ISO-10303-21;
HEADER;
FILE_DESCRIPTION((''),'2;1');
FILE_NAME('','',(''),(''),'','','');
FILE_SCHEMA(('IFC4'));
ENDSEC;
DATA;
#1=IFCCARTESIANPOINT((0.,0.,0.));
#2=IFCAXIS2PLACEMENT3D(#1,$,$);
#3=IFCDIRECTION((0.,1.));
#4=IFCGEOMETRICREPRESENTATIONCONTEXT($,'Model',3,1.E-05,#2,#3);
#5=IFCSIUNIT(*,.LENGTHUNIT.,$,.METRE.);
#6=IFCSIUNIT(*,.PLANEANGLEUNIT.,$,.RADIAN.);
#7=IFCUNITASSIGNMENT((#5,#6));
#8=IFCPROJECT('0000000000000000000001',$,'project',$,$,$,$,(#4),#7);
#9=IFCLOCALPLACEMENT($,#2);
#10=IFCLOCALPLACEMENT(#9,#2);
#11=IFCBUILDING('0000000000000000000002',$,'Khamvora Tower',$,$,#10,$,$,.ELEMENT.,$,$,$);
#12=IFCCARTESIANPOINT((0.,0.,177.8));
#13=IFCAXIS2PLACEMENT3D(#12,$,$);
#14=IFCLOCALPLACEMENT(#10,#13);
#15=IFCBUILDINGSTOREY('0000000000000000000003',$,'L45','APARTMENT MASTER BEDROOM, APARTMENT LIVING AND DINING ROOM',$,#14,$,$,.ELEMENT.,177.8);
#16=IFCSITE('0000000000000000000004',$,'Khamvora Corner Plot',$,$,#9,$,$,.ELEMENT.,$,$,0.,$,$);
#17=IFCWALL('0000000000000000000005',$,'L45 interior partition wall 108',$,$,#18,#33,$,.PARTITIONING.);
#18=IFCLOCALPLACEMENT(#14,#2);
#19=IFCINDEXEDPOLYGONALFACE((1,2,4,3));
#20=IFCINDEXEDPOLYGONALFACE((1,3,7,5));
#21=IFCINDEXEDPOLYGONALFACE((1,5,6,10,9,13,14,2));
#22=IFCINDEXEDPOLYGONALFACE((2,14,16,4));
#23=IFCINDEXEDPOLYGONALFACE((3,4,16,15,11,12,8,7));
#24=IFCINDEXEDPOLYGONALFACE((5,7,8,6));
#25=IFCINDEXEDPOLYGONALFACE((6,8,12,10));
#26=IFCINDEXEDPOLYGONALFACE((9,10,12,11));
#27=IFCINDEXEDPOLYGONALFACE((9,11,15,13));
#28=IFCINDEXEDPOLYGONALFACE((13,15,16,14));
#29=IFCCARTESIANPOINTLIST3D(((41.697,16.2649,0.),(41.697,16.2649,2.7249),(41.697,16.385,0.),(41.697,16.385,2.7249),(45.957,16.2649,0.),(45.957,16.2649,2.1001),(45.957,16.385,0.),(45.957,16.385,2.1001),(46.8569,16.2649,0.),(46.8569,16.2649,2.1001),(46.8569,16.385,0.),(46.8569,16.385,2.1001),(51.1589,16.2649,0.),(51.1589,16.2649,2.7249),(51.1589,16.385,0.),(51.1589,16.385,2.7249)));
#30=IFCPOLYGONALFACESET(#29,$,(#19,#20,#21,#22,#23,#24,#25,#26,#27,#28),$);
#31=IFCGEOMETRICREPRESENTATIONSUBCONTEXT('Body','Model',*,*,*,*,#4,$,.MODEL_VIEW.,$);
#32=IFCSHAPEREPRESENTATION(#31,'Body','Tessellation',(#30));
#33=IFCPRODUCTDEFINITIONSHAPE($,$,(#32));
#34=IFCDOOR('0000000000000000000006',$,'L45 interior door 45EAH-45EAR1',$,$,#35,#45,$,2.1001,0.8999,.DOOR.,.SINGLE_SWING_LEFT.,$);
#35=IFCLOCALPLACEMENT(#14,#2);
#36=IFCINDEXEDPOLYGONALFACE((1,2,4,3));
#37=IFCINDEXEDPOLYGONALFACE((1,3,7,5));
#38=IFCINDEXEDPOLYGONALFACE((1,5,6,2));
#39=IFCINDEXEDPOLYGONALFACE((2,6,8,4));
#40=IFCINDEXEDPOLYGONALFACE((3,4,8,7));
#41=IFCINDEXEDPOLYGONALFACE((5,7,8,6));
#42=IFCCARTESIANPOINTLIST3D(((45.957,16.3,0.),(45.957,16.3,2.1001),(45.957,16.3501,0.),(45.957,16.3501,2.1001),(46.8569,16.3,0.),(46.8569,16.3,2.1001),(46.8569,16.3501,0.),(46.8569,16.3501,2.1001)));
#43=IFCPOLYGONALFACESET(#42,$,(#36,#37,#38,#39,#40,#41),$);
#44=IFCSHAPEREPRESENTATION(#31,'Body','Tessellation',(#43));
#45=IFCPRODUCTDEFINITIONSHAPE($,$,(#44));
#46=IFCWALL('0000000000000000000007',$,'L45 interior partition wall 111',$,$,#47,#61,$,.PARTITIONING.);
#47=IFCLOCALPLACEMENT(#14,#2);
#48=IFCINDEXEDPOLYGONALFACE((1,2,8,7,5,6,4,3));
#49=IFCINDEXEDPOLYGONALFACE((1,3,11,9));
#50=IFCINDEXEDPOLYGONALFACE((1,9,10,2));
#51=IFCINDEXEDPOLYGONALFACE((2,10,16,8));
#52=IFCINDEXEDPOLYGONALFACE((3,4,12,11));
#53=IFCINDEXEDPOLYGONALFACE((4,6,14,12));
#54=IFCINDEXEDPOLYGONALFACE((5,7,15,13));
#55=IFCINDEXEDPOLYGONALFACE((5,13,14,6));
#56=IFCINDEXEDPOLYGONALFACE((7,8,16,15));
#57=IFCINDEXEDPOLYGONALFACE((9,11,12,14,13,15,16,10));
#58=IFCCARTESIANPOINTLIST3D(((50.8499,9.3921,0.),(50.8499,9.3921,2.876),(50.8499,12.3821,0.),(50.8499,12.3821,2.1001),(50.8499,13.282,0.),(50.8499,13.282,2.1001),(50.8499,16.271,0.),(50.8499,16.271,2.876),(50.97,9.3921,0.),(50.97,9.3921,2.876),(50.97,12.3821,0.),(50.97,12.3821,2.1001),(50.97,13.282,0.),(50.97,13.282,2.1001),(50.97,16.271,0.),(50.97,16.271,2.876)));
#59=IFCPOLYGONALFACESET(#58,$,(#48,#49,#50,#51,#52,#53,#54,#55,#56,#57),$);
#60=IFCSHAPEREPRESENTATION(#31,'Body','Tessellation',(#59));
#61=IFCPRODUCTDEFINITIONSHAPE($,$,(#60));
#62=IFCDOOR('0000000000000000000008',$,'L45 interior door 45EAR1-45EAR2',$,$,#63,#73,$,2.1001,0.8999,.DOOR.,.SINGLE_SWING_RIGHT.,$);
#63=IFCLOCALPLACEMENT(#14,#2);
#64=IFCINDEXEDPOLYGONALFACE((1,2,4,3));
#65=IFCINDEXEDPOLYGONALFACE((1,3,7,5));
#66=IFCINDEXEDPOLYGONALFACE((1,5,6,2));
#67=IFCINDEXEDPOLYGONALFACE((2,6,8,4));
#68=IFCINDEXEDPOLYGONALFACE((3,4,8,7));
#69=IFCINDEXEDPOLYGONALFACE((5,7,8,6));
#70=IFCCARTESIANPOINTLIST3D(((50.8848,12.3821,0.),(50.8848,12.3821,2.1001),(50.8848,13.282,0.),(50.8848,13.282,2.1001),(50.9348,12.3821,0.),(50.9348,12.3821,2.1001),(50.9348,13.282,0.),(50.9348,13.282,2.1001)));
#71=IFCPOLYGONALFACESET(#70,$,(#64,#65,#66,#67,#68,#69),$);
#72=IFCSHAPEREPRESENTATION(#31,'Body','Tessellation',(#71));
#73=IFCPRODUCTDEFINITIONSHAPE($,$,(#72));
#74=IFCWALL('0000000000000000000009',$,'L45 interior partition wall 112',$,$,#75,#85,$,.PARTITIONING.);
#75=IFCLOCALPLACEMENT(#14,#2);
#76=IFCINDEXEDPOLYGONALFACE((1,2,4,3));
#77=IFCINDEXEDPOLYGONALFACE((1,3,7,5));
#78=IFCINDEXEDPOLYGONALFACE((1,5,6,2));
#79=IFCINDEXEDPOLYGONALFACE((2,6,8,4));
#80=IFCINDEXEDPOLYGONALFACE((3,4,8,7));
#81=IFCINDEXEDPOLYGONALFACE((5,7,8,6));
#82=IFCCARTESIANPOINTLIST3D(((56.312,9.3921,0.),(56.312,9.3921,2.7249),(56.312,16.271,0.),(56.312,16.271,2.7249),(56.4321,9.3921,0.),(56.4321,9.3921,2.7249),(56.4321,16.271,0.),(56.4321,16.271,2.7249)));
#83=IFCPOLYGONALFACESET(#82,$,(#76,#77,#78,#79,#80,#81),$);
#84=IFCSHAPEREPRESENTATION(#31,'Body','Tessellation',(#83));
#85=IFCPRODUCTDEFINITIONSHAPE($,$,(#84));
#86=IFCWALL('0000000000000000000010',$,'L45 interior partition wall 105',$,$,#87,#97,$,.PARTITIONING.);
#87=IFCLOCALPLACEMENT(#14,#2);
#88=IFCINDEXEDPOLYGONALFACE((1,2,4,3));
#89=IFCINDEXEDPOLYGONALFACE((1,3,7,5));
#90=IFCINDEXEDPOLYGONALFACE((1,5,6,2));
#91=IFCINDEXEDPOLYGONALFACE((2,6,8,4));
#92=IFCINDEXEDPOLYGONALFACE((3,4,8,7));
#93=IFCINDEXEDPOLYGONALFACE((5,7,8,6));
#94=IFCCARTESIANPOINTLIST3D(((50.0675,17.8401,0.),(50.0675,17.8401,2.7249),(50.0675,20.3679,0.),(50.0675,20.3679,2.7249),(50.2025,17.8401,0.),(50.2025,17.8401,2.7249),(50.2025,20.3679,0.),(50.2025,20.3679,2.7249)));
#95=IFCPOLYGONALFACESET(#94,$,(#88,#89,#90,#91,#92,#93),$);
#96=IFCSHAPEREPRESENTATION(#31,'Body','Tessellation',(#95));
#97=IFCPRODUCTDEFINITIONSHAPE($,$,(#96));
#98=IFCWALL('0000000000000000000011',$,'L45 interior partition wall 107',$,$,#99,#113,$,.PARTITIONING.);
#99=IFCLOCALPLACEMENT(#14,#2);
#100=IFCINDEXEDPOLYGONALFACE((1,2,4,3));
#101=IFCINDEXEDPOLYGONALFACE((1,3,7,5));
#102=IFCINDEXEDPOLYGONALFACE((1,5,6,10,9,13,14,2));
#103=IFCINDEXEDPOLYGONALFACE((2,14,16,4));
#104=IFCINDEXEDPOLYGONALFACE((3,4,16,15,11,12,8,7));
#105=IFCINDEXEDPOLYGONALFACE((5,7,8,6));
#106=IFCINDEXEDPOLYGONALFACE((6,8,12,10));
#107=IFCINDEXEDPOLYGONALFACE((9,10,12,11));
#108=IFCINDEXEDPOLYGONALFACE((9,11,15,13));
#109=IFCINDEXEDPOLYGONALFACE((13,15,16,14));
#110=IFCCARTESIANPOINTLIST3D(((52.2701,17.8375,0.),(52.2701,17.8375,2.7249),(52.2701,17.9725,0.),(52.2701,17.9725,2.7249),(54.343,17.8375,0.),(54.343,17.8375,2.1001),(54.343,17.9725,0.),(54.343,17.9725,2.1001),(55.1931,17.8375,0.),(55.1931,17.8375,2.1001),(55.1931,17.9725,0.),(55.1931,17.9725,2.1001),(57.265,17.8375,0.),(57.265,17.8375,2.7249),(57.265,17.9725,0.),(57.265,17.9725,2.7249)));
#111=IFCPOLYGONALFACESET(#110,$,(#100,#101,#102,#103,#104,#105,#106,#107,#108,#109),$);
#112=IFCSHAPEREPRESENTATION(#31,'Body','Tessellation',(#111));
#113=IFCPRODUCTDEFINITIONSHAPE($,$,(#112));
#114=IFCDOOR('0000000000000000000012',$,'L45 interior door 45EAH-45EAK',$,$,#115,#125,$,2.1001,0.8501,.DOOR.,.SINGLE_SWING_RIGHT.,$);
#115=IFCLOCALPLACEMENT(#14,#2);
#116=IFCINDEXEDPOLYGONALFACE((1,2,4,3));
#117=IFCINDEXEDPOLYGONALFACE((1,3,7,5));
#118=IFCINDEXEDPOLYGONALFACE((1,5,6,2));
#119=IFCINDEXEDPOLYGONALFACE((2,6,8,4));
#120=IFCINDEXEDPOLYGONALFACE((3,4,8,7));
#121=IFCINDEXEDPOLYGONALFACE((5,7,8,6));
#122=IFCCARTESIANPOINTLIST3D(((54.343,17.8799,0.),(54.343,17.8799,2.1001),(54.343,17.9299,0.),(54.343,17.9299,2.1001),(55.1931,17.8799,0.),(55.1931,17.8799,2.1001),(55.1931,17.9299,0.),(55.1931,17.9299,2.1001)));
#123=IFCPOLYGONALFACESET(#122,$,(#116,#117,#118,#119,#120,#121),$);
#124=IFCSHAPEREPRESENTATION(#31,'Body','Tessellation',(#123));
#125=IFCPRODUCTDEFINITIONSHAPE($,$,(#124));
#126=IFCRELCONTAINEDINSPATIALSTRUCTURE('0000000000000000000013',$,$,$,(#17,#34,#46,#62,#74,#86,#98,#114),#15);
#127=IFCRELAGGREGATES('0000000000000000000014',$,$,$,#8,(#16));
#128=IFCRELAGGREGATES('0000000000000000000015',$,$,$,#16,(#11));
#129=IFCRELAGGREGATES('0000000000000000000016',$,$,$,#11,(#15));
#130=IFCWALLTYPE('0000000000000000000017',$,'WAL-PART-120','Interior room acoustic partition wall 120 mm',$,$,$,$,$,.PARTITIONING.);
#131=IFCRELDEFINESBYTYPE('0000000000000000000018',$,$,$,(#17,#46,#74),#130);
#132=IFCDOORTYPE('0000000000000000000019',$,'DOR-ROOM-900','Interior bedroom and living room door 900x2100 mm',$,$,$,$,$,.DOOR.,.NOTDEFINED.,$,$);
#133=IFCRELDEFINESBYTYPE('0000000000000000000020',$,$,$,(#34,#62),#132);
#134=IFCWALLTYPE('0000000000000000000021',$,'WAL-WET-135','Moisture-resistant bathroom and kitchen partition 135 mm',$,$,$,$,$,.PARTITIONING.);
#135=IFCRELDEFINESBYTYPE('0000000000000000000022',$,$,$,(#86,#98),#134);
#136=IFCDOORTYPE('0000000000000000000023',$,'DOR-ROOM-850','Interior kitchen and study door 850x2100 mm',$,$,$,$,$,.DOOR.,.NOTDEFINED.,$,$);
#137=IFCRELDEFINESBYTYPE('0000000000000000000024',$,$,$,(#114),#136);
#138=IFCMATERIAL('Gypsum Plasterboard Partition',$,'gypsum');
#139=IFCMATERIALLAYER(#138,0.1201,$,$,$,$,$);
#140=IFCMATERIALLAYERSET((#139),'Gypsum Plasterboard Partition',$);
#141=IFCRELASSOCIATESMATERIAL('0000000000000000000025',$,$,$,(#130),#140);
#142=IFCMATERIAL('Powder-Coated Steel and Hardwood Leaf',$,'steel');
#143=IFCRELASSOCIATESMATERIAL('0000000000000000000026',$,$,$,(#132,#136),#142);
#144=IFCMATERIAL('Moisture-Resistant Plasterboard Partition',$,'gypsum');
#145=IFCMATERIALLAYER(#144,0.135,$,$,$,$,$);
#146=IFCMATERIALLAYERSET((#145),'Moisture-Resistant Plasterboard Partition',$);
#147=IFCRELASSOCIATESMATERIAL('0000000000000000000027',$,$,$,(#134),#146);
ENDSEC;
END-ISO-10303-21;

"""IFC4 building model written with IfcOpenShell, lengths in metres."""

from ifc_helpers import new_model, si_unit, direction, frame, frame_2d, origin, place, context, subcontext, project, spatial, rectangle, extrude, material, layer, layer_set, type_object, element, fill, save


model = new_model("IFC4")

# Units and contexts
model_context = context("Model", 3, precision=1e-05, world=origin(), true_north=direction((0.0, 1.0)))
body_context = subcontext(model_context, "Body", "Model", "MODEL_VIEW")
ifc_project = project(units=[si_unit("LENGTHUNIT", "METRE"), si_unit("PLANEANGLEUNIT", "RADIAN")], contexts=[model_context])

# Site, building, storey
site_placement = place(None, origin())
site = spatial("IfcSite", under=ifc_project, at=site_placement, Name="Khamvora Corner Plot", CompositionType="ELEMENT", RefElevation=0.0)
building_placement = place(site_placement, origin())
building = spatial("IfcBuilding", under=site, at=building_placement, Name="Khamvora Tower", CompositionType="ELEMENT")
storey_placement = place(building_placement, frame((0.0, 0.0, 177.8)))
storey = spatial("IfcBuildingStorey", under=building, at=storey_placement, Name="L45", Description="APARTMENT MASTER BEDROOM, APARTMENT LIVING AND DINING ROOM", CompositionType="ELEMENT", Elevation=177.8)

# Walls, openings, doors
ifc_material_1 = material(Name="Gypsum Plasterboard Partition", Category="gypsum")
ifc_layer_1 = layer(ifc_material_1, 0.1201)
ifc_layer_set_1 = layer_set([ifc_layer_1], Name="Gypsum Plasterboard Partition")
wall_type_1 = type_object("IfcWallType", Name="WAL-PART-120", Description="Interior room acoustic partition wall 120 mm", PredefinedType="PARTITIONING", material=ifc_layer_set_1)
wall_1_placement = place(storey_placement, frame((51.1589, 16.325, 0.0), z_axis=(0.0, 0.0, 1.0), x_axis=(-1.0, 0.0, 0.0)))
wall_1 = element("IfcWall", 1, at=wall_1_placement, inside=storey, type_object=wall_type_1, Name="L45 interior partition wall 108", PredefinedType="PARTITIONING", context=body_context, shape_type="SweptSolid", body=[
    extrude(rectangle(XDim=9.4619, YDim=0.1201, at=frame_2d((4.731, 0.0))), origin(), (0.0, 0.0, 1.0), 2.7249),
])
opening_1_placement = place(wall_1_placement, frame((4.302, 0.0, 0.0)))
opening_1 = element("IfcOpeningElement", 2, at=opening_1_placement, cuts=wall_1, PredefinedType="OPENING", context=body_context, shape_type="SweptSolid", body=[
    extrude(rectangle(XDim=0.8999, YDim=2.1001, at=frame_2d((0.45, 1.05))), frame((0.0, 0.0701, 0.0), z_axis=(0.0, -1.0, 0.0), x_axis=(1.0, 0.0, 0.0)), (0.0, 0.0, 1.0), 0.1401),
])
ifc_material_2 = material(Name="Powder-Coated Steel and Hardwood Leaf", Category="steel")
door_type_1 = type_object("IfcDoorType", Name="DOR-ROOM-900", Description="Interior bedroom and living room door 900x2100 mm", OperationType="NOTDEFINED", PredefinedType="DOOR", material=ifc_material_2)
door_1_placement = place(opening_1_placement, origin())
door_1 = element("IfcDoor", 3, at=door_1_placement, inside=storey, type_object=door_type_1, Name="L45 interior door 45EAH-45EAR1", OperationType="SINGLE_SWING_LEFT", OverallHeight=2.1001, OverallWidth=0.8999, PredefinedType="DOOR", context=body_context, shape_type="SweptSolid", body=[
    extrude(rectangle(XDim=0.8999, YDim=2.1001, at=frame_2d((0.45, 1.05))), frame((0.0, 0.0249, 0.0), z_axis=(0.0, -1.0, 0.0), x_axis=(1.0, 0.0, 0.0)), (0.0, 0.0, 1.0), 0.05),
])
fill(opening_1, door_1)
wall_2_placement = place(storey_placement, frame((50.9099, 16.271, 0.0), z_axis=(0.0, 0.0, 1.0), x_axis=(0.0, -1.0, 0.0)))
wall_2 = element("IfcWall", 4, at=wall_2_placement, inside=storey, type_object=wall_type_1, Name="L45 interior partition wall 111", PredefinedType="PARTITIONING", context=body_context, shape_type="SweptSolid", body=[
    extrude(rectangle(XDim=6.8789, YDim=0.1201, at=frame_2d((3.4395, 0.0))), origin(), (0.0, 0.0, 1.0), 2.876),
])
opening_2_placement = place(wall_2_placement, frame((2.989, 0.0, 0.0)))
opening_2 = element("IfcOpeningElement", 5, at=opening_2_placement, cuts=wall_2, PredefinedType="OPENING", context=body_context, shape_type="SweptSolid", body=[
    extrude(rectangle(XDim=0.8999, YDim=2.1001, at=frame_2d((0.45, 1.05))), frame((0.0, 0.0701, 0.0), z_axis=(0.0, -1.0, 0.0), x_axis=(1.0, 0.0, 0.0)), (0.0, 0.0, 1.0), 0.1401),
])
door_2_placement = place(opening_2_placement, origin())
door_2 = element("IfcDoor", 6, at=door_2_placement, inside=storey, type_object=door_type_1, Name="L45 interior door 45EAR1-45EAR2", OperationType="SINGLE_SWING_RIGHT", OverallHeight=2.1001, OverallWidth=0.8999, PredefinedType="DOOR", context=body_context, shape_type="SweptSolid", body=[
    extrude(rectangle(XDim=0.8999, YDim=2.1001, at=frame_2d((0.45, 1.05))), frame((0.0, 0.0249, 0.0), z_axis=(0.0, -1.0, 0.0), x_axis=(1.0, 0.0, 0.0)), (0.0, 0.0, 1.0), 0.05),
])
fill(opening_2, door_2)

# Walls
wall_3_placement = place(storey_placement, frame((56.3721, 16.271, 0.0), z_axis=(0.0, 0.0, 1.0), x_axis=(0.0, -1.0, 0.0)))
element("IfcWall", 7, at=wall_3_placement, inside=storey, type_object=wall_type_1, Name="L45 interior partition wall 112", PredefinedType="PARTITIONING", context=body_context, shape_type="SweptSolid", body=[
    extrude(rectangle(XDim=6.8789, YDim=0.1201, at=frame_2d((3.4395, 0.0))), origin(), (0.0, 0.0, 1.0), 2.7249),
])
ifc_material_3 = material(Name="Moisture-Resistant Plasterboard Partition", Category="gypsum")
ifc_layer_2 = layer(ifc_material_3, 0.135)
ifc_layer_set_2 = layer_set([ifc_layer_2], Name="Moisture-Resistant Plasterboard Partition")
wall_type_2 = type_object("IfcWallType", Name="WAL-WET-135", Description="Moisture-resistant bathroom and kitchen partition 135 mm", PredefinedType="PARTITIONING", material=ifc_layer_set_2)
wall_4_placement = place(storey_placement, frame((50.135, 17.8401, 0.0), z_axis=(0.0, 0.0, 1.0), x_axis=(0.0, 1.0, 0.0)))
element("IfcWall", 8, at=wall_4_placement, inside=storey, type_object=wall_type_2, Name="L45 interior partition wall 105", PredefinedType="PARTITIONING", context=body_context, shape_type="SweptSolid", body=[
    extrude(rectangle(XDim=2.5278, YDim=0.135, at=frame_2d((1.2639, 0.0))), origin(), (0.0, 0.0, 1.0), 2.7249),
])

# Wall, opening, door
wall_5_placement = place(storey_placement, frame((52.27, 17.905, 0.0), z_axis=(0.0, 0.0, 1.0), x_axis=(1.0, 0.0, 0.0)))
wall_5 = element("IfcWall", 9, at=wall_5_placement, inside=storey, type_object=wall_type_2, Name="L45 interior partition wall 107", PredefinedType="PARTITIONING", context=body_context, shape_type="SweptSolid", body=[
    extrude(rectangle(XDim=4.9949, YDim=0.135, at=frame_2d((2.4976, 0.0))), origin(), (0.0, 0.0, 1.0), 2.7249),
])
opening_3_placement = place(wall_5_placement, frame((2.073, 0.0, 0.0)))
opening_3 = element("IfcOpeningElement", 10, at=opening_3_placement, cuts=wall_5, PredefinedType="OPENING", context=body_context, shape_type="SweptSolid", body=[
    extrude(rectangle(XDim=0.8501, YDim=2.1001, at=frame_2d((0.425, 1.05))), frame((0.0, 0.0774, 0.0), z_axis=(0.0, -1.0, 0.0), x_axis=(1.0, 0.0, 0.0)), (0.0, 0.0, 1.0), 0.155),
])
door_type_2 = type_object("IfcDoorType", Name="DOR-ROOM-850", Description="Interior kitchen and study door 850x2100 mm", OperationType="NOTDEFINED", PredefinedType="DOOR", material=ifc_material_2)
door_3_placement = place(opening_3_placement, origin())
door_3 = element("IfcDoor", 11, at=door_3_placement, inside=storey, type_object=door_type_2, Name="L45 interior door 45EAH-45EAK", OperationType="SINGLE_SWING_RIGHT", OverallHeight=2.1001, OverallWidth=0.8501, PredefinedType="DOOR", context=body_context, shape_type="SweptSolid", body=[
    extrude(rectangle(XDim=0.8501, YDim=2.1001, at=frame_2d((0.425, 1.05))), frame((0.0, 0.0249, 0.0), z_axis=(0.0, -1.0, 0.0), x_axis=(1.0, 0.0, 0.0)), (0.0, 0.0, 1.0), 0.05),
])
fill(opening_3, door_3)

save(model, "model.ifc")
